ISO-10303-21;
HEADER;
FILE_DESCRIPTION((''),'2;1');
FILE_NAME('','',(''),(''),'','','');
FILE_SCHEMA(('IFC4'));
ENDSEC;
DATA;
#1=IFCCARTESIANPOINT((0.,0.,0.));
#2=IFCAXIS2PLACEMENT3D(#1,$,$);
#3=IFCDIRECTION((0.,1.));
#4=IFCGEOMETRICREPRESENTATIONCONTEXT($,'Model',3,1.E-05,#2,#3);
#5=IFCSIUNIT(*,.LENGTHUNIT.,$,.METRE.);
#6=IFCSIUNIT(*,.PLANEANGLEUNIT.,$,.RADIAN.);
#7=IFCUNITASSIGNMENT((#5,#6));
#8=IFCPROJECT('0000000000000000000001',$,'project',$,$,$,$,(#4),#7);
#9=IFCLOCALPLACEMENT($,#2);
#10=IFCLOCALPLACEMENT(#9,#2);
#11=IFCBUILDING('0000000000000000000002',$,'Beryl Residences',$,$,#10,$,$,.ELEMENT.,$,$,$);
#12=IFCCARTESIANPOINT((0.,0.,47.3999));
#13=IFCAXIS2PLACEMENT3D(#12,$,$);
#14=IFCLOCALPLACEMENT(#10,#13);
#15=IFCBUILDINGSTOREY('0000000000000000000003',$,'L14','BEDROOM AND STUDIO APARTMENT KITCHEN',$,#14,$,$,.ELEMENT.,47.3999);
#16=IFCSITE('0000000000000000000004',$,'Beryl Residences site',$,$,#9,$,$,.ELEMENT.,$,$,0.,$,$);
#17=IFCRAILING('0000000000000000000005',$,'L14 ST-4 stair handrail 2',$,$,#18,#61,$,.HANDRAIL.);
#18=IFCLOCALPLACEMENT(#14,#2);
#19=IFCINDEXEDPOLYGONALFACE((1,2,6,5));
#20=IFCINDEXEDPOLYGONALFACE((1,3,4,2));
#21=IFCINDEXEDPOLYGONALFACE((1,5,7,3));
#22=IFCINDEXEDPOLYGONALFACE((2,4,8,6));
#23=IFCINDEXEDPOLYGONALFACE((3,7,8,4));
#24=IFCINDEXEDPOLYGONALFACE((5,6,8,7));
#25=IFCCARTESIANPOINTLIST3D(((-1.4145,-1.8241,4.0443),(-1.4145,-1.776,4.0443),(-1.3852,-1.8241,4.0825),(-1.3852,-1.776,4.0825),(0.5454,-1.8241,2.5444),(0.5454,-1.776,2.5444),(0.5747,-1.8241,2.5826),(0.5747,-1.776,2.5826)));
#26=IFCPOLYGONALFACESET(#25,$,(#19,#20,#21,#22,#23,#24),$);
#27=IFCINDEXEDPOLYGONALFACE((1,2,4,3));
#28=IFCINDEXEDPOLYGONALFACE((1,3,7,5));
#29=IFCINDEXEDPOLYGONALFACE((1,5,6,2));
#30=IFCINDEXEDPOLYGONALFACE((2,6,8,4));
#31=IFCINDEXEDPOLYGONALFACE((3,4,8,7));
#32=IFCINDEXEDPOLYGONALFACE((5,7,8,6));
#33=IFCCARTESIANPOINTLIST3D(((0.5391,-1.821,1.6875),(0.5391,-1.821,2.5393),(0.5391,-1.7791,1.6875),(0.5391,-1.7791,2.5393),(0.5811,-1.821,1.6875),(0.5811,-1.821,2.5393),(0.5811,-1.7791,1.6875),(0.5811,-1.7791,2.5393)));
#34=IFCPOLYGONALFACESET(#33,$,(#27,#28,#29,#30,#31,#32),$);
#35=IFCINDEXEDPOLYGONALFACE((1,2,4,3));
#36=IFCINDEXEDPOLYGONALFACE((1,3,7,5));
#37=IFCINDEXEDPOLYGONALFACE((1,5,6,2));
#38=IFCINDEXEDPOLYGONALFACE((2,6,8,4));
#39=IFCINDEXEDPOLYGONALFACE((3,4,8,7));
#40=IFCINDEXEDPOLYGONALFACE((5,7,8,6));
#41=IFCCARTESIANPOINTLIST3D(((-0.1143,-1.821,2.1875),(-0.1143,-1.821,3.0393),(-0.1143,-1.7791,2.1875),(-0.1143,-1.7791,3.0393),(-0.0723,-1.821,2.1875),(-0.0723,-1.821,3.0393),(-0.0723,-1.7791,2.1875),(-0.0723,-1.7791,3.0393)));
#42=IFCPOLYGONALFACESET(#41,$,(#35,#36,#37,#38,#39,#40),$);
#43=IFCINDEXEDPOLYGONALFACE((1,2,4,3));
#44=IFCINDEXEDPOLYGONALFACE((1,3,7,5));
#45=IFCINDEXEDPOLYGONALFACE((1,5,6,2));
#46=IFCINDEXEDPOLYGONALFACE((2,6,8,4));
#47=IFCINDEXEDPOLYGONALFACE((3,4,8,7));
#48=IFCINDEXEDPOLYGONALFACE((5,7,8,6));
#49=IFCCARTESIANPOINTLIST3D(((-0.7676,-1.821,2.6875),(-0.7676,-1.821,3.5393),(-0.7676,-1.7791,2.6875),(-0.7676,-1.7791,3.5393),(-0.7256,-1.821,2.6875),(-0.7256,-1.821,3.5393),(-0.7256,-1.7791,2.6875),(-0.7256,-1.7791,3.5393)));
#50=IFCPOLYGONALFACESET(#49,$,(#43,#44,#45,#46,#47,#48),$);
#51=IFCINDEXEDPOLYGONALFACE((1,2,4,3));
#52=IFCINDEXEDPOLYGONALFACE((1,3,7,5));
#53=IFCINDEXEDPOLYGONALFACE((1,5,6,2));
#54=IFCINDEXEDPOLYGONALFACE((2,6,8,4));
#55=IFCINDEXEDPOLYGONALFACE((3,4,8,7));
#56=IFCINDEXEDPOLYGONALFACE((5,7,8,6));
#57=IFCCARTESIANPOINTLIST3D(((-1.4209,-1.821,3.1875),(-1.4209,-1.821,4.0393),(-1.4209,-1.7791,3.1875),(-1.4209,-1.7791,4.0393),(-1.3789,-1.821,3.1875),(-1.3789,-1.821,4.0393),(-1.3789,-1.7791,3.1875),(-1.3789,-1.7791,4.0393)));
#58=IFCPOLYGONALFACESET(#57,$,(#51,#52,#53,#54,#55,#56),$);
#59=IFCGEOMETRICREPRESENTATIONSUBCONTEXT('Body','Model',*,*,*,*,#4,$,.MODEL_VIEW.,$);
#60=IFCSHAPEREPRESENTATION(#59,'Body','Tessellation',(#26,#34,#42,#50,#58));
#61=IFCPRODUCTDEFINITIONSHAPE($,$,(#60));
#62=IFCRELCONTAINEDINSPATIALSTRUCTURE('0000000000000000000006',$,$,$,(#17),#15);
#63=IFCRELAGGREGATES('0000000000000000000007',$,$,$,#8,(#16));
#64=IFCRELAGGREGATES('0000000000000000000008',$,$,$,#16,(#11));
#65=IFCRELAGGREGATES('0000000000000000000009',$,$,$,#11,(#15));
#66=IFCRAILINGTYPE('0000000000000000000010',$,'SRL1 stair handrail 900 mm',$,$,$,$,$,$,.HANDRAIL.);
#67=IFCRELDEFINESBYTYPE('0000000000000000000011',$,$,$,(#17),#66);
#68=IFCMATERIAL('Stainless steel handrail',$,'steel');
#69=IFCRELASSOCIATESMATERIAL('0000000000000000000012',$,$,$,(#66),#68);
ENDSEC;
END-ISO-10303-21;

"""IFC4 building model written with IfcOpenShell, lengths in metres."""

from ifc_helpers import new_model, si_unit, direction, frame, origin, origin_2d, place, context, subcontext, project, spatial, rectangle, extrude, material, type_object, element, save


model = new_model("IFC4")

# Units and contexts
model_context = context("Model", 3, precision=1e-05, world=origin(), true_north=direction((0.0, 1.0)))
body_context = subcontext(model_context, "Body", "Model", "MODEL_VIEW")
ifc_project = project(units=[si_unit("LENGTHUNIT", "METRE"), si_unit("PLANEANGLEUNIT", "RADIAN")], contexts=[model_context])

# Site, building, storey
site_placement = place(None, origin())
site = spatial("IfcSite", under=ifc_project, at=site_placement, Name="Beryl Residences site", CompositionType="ELEMENT", RefElevation=0.0)
building_placement = place(site_placement, origin())
building = spatial("IfcBuilding", under=site, at=building_placement, Name="Beryl Residences", CompositionType="ELEMENT")
storey_placement = place(building_placement, frame((0.0, 0.0, 47.3999)))
storey = spatial("IfcBuildingStorey", under=building, at=storey_placement, Name="L14", Description="BEDROOM AND STUDIO APARTMENT KITCHEN", CompositionType="ELEMENT", Elevation=47.3999)

# Railing
ifc_material_1 = material(Name="Stainless steel handrail", Category="steel")
railing_type_1 = type_object("IfcRailingType", Name="SRL1 stair handrail 900 mm", PredefinedType="HANDRAIL", material=ifc_material_1)
railing_1_placement = place(storey_placement, frame((0.5601, -1.8, 1.6875)))
element("IfcRailing", 1, at=railing_1_placement, inside=storey, type_object=railing_type_1, Name="L14 ST-4 stair handrail 2", PredefinedType="HANDRAIL", context=body_context, shape_type="SweptSolid", body=[
    extrude(rectangle(XDim=0.0481, YDim=0.0481, at=origin_2d()), frame((0.0, 0.0, 0.876), z_axis=(-0.794122, 0.0, 0.607758), x_axis=(0.0, -1.0, 0.0)), (0.0, 0.0, 1.0), 2.468),
    extrude(rectangle(XDim=0.042, YDim=0.042, at=origin_2d()), origin(), (0.0, 0.0, 1.0), 0.8518),
    extrude(rectangle(XDim=0.042, YDim=0.042, at=origin_2d()), frame((-0.6533, 0.0, 0.5)), (0.0, 0.0, 1.0), 0.8518),
    extrude(rectangle(XDim=0.042, YDim=0.042, at=origin_2d()), frame((-1.3066, 0.0, 1.0)), (0.0, 0.0, 1.0), 0.8518),
    extrude(rectangle(XDim=0.042, YDim=0.042, at=origin_2d()), frame((-1.96, 0.0, 1.5)), (0.0, 0.0, 1.0), 0.8518),
])

save(model, "model.ifc")
